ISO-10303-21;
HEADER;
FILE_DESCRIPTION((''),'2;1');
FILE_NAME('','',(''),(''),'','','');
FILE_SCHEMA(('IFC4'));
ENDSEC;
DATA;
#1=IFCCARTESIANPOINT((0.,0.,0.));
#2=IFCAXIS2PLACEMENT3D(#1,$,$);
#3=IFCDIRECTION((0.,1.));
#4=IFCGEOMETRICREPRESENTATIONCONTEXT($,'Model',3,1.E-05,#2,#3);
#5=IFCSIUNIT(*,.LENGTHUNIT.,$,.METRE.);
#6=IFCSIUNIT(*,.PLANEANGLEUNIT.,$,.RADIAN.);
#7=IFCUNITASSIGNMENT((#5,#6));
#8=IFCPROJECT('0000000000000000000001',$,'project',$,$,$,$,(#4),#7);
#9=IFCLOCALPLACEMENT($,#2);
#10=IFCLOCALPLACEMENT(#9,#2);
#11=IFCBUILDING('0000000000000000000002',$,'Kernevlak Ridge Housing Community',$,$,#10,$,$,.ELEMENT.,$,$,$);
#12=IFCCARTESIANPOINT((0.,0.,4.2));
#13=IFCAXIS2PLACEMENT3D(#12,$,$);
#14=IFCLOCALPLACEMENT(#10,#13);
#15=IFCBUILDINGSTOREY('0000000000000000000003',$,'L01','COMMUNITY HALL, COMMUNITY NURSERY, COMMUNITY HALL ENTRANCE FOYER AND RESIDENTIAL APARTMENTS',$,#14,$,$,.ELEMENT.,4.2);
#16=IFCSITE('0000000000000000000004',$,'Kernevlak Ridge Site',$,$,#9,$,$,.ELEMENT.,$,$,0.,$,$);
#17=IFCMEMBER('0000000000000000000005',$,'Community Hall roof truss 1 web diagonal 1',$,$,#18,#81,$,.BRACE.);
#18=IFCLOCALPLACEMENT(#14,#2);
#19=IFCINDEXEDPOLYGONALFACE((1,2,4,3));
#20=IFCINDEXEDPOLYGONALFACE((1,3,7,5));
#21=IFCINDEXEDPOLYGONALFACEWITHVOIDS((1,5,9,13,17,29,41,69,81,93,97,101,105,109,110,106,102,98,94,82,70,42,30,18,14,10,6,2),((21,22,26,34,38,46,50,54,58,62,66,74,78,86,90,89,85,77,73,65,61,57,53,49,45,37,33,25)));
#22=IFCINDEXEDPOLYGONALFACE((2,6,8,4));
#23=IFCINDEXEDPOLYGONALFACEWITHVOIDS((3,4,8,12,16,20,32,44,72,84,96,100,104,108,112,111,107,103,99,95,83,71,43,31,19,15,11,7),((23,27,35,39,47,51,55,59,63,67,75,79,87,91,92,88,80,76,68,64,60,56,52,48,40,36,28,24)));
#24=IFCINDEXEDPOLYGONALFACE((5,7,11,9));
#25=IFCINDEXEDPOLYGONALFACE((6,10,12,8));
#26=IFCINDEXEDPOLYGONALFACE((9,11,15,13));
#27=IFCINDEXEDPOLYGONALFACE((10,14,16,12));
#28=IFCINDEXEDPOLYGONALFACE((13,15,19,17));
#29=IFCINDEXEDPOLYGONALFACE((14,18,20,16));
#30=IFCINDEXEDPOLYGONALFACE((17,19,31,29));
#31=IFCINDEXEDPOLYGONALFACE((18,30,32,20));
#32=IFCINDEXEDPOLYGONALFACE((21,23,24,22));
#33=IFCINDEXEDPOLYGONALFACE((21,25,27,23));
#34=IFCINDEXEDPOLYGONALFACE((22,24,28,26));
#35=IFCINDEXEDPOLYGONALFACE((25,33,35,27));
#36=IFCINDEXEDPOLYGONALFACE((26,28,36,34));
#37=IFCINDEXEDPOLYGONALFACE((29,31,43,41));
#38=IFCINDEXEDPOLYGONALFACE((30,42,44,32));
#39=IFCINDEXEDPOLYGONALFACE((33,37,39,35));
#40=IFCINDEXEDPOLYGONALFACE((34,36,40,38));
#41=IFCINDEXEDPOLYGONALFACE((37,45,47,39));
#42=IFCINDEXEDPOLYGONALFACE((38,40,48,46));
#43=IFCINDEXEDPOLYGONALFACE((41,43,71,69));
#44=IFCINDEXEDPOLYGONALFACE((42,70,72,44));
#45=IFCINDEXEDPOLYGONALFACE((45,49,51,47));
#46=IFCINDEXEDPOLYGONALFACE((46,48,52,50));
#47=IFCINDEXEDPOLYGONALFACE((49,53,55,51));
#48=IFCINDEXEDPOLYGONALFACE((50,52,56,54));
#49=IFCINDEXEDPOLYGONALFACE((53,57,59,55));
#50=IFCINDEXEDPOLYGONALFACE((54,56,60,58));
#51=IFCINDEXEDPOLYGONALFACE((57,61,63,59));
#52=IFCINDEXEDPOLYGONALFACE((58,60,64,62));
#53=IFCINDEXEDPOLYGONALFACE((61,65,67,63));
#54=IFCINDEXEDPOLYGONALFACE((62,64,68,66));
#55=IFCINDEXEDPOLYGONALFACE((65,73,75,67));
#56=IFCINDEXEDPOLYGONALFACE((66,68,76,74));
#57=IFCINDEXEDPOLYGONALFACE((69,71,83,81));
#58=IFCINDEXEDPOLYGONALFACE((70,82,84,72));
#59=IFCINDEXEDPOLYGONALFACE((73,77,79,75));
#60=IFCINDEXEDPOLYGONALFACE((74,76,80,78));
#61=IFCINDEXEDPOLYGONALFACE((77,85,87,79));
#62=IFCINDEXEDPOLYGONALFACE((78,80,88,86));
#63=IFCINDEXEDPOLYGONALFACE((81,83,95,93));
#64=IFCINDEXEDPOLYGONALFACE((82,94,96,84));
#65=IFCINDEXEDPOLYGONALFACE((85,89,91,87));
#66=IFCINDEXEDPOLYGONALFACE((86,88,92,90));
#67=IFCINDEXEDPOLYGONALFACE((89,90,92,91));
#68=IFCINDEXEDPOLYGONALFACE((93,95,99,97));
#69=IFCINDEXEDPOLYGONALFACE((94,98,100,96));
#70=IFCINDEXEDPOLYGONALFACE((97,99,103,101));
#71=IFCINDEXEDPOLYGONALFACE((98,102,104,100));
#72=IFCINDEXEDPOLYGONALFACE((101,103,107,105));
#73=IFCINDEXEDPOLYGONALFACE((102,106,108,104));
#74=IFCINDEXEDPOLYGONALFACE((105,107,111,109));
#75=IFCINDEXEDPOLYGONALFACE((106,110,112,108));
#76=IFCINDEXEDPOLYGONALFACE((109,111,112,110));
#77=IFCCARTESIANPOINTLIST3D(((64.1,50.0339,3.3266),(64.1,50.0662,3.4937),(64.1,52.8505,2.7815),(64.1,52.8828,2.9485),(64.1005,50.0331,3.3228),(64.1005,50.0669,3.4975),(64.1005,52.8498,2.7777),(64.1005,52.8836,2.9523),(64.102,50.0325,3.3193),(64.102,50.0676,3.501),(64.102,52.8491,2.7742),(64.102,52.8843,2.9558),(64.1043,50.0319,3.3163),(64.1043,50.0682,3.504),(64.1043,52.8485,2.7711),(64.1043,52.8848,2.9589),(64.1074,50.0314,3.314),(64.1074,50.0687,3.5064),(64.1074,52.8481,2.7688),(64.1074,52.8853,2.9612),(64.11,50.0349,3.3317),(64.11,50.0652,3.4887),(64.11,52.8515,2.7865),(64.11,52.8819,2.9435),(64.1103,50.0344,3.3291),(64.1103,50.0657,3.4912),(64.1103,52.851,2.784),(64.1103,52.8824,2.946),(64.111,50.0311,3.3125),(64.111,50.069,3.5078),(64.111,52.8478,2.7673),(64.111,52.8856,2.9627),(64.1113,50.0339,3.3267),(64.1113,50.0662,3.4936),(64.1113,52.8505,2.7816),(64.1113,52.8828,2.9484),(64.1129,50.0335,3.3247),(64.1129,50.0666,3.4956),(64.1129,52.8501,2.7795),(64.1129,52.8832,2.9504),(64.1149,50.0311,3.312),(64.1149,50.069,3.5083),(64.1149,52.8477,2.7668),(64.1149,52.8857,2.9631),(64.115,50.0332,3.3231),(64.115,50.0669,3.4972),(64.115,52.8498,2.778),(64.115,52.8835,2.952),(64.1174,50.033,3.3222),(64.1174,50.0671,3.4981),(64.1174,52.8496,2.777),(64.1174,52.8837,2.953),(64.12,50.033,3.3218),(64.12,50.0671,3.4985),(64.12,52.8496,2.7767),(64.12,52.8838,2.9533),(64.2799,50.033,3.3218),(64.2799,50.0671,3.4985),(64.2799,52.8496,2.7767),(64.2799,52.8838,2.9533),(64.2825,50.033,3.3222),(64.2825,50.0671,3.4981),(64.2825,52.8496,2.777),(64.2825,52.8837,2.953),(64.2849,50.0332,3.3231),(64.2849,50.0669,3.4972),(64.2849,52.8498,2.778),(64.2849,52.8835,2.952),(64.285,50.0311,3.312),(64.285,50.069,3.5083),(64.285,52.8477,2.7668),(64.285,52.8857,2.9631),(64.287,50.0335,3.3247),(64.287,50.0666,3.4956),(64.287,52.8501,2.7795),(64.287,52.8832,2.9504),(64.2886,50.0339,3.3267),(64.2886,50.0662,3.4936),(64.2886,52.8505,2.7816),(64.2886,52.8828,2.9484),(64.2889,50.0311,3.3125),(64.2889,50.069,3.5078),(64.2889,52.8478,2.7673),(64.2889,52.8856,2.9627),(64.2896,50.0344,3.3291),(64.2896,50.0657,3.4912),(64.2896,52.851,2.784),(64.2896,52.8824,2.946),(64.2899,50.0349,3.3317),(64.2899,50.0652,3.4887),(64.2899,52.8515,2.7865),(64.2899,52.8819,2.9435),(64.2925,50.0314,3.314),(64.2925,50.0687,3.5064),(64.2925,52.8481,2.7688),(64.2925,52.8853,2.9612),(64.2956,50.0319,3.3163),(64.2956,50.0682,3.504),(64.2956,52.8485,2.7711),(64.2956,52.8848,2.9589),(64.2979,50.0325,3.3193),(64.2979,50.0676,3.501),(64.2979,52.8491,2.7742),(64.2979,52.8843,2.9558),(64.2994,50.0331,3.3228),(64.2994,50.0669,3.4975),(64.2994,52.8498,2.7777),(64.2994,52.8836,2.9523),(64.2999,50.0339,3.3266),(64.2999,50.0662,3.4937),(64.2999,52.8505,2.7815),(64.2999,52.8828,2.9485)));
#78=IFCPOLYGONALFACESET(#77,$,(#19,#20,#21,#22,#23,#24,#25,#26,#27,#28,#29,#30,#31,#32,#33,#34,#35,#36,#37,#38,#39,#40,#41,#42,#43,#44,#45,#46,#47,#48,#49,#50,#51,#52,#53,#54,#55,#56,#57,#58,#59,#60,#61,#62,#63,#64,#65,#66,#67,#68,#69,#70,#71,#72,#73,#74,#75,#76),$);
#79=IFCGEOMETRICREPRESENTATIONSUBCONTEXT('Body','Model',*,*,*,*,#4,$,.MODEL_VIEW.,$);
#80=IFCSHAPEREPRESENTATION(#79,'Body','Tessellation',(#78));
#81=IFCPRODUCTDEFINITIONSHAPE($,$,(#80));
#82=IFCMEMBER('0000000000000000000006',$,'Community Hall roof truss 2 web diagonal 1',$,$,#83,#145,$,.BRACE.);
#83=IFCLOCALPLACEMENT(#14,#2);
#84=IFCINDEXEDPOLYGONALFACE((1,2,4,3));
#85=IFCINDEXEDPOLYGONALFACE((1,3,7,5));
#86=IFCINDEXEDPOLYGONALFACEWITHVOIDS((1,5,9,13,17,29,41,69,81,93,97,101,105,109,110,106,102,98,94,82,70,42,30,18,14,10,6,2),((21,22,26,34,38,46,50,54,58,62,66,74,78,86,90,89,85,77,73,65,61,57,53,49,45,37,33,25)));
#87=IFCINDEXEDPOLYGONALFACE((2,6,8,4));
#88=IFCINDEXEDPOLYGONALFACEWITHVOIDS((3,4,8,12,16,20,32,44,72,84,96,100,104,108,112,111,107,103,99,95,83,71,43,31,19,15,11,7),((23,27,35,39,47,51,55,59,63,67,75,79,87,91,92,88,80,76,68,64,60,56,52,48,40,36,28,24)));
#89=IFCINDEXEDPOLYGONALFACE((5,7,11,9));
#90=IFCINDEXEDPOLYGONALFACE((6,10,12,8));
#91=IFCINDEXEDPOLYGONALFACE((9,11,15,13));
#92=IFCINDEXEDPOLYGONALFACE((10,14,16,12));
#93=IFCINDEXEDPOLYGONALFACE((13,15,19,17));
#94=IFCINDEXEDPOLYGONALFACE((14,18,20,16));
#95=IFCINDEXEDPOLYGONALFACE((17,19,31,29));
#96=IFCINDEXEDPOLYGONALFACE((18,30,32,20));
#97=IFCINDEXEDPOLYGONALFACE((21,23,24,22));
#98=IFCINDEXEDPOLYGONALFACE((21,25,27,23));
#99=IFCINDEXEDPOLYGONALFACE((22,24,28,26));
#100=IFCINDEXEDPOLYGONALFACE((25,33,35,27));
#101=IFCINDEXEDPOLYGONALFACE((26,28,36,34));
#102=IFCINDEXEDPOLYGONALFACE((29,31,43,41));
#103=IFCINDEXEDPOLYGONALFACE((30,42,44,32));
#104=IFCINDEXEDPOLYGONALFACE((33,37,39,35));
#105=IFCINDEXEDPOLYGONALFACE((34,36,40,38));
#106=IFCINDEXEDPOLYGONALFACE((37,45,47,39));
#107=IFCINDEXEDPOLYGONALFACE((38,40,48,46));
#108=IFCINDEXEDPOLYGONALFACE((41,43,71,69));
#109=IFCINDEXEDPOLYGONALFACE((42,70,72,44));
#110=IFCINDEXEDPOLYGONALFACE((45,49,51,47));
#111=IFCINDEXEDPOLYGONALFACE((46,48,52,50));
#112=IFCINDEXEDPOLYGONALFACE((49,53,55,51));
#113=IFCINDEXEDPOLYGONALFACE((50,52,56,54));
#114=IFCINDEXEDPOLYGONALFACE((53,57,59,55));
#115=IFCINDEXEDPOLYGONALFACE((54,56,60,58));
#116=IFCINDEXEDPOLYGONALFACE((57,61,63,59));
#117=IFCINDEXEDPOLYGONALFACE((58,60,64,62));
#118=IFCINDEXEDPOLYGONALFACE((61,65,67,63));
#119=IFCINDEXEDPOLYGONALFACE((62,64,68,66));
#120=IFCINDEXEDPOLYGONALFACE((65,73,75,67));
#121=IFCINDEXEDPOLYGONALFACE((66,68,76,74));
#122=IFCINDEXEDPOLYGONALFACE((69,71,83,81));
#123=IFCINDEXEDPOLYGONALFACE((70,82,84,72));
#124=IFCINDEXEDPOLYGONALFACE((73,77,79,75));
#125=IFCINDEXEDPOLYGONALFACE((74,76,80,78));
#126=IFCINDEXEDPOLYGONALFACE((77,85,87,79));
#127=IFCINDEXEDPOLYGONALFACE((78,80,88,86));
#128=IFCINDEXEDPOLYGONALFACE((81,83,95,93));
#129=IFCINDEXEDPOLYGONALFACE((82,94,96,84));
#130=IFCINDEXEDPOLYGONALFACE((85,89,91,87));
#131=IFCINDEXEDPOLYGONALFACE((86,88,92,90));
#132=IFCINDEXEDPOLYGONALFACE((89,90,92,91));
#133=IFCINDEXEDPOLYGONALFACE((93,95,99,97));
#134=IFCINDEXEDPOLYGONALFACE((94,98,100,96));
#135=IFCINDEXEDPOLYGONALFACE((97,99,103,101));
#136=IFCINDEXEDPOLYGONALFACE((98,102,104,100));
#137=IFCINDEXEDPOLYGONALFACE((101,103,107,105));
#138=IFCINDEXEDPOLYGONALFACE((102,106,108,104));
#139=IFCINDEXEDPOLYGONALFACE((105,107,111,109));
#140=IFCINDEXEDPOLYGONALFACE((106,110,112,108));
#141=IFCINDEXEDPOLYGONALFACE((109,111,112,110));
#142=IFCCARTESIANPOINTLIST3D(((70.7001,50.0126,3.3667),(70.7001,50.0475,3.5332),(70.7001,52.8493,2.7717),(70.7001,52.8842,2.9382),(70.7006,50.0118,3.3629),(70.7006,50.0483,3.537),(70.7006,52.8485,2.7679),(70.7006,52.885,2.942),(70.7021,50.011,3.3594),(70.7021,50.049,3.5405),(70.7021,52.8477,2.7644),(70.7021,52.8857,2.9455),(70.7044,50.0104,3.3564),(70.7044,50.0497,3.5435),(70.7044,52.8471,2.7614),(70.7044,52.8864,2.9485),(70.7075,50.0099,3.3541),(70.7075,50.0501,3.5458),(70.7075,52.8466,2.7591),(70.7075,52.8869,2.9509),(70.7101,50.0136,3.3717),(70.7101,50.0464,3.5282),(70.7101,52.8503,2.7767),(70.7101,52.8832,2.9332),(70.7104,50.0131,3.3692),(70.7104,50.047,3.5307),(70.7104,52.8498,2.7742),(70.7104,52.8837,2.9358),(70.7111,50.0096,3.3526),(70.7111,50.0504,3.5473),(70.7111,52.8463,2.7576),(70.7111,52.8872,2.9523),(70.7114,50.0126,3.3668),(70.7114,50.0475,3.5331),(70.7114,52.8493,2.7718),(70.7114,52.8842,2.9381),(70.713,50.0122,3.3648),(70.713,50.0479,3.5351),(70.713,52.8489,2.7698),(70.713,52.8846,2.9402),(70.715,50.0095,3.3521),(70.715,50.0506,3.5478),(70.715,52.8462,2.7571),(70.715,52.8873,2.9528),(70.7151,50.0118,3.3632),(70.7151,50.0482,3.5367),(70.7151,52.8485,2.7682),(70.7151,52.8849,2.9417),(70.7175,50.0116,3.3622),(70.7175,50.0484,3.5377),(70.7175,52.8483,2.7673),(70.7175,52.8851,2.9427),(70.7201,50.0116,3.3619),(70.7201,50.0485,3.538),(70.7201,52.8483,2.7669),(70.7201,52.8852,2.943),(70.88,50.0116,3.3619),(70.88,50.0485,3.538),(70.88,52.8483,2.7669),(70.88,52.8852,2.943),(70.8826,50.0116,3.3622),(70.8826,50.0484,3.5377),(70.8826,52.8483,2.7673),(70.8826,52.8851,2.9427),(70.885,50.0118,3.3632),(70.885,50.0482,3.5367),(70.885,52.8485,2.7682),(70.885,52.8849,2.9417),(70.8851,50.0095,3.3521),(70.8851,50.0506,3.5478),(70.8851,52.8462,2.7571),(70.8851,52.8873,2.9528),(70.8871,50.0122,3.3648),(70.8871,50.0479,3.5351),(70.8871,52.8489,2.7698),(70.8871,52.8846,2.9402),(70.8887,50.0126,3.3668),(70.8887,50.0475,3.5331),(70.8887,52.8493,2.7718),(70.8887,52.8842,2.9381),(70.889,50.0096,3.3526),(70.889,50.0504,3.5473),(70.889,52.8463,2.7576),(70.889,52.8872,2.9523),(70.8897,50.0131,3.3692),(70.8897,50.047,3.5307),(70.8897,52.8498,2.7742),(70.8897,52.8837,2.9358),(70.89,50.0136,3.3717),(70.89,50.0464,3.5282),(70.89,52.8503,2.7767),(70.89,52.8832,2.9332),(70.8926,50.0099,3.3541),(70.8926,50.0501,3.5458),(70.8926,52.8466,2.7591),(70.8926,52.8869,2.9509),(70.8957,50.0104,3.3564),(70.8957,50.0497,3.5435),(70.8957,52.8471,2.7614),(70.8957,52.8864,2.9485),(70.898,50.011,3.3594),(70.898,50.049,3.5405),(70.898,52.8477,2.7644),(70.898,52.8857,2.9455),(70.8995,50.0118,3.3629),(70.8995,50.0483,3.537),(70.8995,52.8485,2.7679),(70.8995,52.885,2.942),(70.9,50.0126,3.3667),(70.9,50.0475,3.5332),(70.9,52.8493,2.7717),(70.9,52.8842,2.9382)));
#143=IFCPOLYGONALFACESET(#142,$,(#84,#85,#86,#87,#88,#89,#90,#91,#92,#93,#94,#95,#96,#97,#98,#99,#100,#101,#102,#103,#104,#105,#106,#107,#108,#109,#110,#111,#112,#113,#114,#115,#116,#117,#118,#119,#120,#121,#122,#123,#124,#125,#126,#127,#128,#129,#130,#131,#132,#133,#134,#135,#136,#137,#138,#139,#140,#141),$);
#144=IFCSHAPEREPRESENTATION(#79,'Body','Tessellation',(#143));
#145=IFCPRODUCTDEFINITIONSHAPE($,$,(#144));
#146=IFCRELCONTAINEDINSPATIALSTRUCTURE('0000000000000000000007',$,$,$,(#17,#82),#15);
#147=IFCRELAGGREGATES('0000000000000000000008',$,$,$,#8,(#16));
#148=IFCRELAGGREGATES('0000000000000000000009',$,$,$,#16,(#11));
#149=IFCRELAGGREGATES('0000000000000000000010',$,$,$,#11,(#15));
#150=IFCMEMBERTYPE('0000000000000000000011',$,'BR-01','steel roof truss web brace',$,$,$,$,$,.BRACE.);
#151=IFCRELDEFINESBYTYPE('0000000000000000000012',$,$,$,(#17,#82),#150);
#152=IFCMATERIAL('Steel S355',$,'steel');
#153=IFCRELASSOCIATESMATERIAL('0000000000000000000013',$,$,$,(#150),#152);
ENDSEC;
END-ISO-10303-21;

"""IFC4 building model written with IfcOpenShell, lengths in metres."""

from ifc_helpers import new_model, si_unit, direction, frame, origin, origin_2d, place, context, subcontext, project, spatial, hollow_rectangle, extrude, material, material_profile, profile_set, type_object, element, save


model = new_model("IFC4")

# Units and contexts
model_context = context("Model", 3, precision=1e-05, world=origin(), true_north=direction((0.0, 1.0)))
body_context = subcontext(model_context, "Body", "Model", "MODEL_VIEW")
ifc_project = project(units=[si_unit("LENGTHUNIT", "METRE"), si_unit("PLANEANGLEUNIT", "RADIAN")], contexts=[model_context])

# Site, building, storey
site_placement = place(None, origin())
site = spatial("IfcSite", under=ifc_project, at=site_placement, Name="Kernevlak Ridge Site", CompositionType="ELEMENT", RefElevation=0.0)
building_placement = place(site_placement, origin())
building = spatial("IfcBuilding", under=site, at=building_placement, Name="Kernevlak Ridge Housing Community", CompositionType="ELEMENT")
storey_placement = place(building_placement, frame((0.0, 0.0, 4.2)))
storey = spatial("IfcBuildingStorey", under=building, at=storey_placement, Name="L01", Description="COMMUNITY HALL, COMMUNITY NURSERY, COMMUNITY HALL ENTRANCE FOYER AND RESIDENTIAL APARTMENTS", CompositionType="ELEMENT", Elevation=4.2)

# Members
ifc_material_1 = material(Name="Steel S355", Category="steel")
ifc_material_profile_1 = material_profile(ifc_material_1, hollow_rectangle(XDim=0.2, YDim=0.2, WallThickness=0.01, InnerFilletRadius=0.01, OuterFilletRadius=0.0149, at=origin_2d()), Name="SHS 200x200x10")
ifc_profile_set_1 = profile_set([ifc_material_profile_1], Name="Steel S355")
member_type_1 = type_object("IfcMemberType", Name="BR-01", Description="steel roof truss web brace", PredefinedType="BRACE", material=ifc_profile_set_1)
member_1_placement = place(storey_placement, frame((64.2, 50.05, 3.4102), z_axis=(0.0, 0.981779, -0.190025), x_axis=(-1.0, 0.0, 0.0)))
element("IfcMember", 1, at=member_1_placement, inside=storey, type_object=member_type_1, Name="Community Hall roof truss 1 web diagonal 1", PredefinedType="BRACE", context=body_context, shape_type="SweptSolid", body=[
    extrude(hollow_rectangle(XDim=0.2, YDim=0.2, WallThickness=0.01, InnerFilletRadius=0.01, OuterFilletRadius=0.0149, at=origin_2d()), origin(), (0.0, 0.0, 1.0), 2.8689),
])
member_2_placement = place(storey_placement, frame((70.8, 50.03, 3.45), z_axis=(0.0, 0.978704, -0.205276), x_axis=(-1.0, 0.0, 0.0)))
element("IfcMember", 2, at=member_2_placement, inside=storey, type_object=member_type_1, Name="Community Hall roof truss 2 web diagonal 1", PredefinedType="BRACE", context=body_context, shape_type="SweptSolid", body=[
    extrude(hollow_rectangle(XDim=0.2, YDim=0.2, WallThickness=0.01, InnerFilletRadius=0.01, OuterFilletRadius=0.0149, at=origin_2d()), origin(), (0.0, 0.0, 1.0), 2.8984),
])

save(model, "model.ifc")
